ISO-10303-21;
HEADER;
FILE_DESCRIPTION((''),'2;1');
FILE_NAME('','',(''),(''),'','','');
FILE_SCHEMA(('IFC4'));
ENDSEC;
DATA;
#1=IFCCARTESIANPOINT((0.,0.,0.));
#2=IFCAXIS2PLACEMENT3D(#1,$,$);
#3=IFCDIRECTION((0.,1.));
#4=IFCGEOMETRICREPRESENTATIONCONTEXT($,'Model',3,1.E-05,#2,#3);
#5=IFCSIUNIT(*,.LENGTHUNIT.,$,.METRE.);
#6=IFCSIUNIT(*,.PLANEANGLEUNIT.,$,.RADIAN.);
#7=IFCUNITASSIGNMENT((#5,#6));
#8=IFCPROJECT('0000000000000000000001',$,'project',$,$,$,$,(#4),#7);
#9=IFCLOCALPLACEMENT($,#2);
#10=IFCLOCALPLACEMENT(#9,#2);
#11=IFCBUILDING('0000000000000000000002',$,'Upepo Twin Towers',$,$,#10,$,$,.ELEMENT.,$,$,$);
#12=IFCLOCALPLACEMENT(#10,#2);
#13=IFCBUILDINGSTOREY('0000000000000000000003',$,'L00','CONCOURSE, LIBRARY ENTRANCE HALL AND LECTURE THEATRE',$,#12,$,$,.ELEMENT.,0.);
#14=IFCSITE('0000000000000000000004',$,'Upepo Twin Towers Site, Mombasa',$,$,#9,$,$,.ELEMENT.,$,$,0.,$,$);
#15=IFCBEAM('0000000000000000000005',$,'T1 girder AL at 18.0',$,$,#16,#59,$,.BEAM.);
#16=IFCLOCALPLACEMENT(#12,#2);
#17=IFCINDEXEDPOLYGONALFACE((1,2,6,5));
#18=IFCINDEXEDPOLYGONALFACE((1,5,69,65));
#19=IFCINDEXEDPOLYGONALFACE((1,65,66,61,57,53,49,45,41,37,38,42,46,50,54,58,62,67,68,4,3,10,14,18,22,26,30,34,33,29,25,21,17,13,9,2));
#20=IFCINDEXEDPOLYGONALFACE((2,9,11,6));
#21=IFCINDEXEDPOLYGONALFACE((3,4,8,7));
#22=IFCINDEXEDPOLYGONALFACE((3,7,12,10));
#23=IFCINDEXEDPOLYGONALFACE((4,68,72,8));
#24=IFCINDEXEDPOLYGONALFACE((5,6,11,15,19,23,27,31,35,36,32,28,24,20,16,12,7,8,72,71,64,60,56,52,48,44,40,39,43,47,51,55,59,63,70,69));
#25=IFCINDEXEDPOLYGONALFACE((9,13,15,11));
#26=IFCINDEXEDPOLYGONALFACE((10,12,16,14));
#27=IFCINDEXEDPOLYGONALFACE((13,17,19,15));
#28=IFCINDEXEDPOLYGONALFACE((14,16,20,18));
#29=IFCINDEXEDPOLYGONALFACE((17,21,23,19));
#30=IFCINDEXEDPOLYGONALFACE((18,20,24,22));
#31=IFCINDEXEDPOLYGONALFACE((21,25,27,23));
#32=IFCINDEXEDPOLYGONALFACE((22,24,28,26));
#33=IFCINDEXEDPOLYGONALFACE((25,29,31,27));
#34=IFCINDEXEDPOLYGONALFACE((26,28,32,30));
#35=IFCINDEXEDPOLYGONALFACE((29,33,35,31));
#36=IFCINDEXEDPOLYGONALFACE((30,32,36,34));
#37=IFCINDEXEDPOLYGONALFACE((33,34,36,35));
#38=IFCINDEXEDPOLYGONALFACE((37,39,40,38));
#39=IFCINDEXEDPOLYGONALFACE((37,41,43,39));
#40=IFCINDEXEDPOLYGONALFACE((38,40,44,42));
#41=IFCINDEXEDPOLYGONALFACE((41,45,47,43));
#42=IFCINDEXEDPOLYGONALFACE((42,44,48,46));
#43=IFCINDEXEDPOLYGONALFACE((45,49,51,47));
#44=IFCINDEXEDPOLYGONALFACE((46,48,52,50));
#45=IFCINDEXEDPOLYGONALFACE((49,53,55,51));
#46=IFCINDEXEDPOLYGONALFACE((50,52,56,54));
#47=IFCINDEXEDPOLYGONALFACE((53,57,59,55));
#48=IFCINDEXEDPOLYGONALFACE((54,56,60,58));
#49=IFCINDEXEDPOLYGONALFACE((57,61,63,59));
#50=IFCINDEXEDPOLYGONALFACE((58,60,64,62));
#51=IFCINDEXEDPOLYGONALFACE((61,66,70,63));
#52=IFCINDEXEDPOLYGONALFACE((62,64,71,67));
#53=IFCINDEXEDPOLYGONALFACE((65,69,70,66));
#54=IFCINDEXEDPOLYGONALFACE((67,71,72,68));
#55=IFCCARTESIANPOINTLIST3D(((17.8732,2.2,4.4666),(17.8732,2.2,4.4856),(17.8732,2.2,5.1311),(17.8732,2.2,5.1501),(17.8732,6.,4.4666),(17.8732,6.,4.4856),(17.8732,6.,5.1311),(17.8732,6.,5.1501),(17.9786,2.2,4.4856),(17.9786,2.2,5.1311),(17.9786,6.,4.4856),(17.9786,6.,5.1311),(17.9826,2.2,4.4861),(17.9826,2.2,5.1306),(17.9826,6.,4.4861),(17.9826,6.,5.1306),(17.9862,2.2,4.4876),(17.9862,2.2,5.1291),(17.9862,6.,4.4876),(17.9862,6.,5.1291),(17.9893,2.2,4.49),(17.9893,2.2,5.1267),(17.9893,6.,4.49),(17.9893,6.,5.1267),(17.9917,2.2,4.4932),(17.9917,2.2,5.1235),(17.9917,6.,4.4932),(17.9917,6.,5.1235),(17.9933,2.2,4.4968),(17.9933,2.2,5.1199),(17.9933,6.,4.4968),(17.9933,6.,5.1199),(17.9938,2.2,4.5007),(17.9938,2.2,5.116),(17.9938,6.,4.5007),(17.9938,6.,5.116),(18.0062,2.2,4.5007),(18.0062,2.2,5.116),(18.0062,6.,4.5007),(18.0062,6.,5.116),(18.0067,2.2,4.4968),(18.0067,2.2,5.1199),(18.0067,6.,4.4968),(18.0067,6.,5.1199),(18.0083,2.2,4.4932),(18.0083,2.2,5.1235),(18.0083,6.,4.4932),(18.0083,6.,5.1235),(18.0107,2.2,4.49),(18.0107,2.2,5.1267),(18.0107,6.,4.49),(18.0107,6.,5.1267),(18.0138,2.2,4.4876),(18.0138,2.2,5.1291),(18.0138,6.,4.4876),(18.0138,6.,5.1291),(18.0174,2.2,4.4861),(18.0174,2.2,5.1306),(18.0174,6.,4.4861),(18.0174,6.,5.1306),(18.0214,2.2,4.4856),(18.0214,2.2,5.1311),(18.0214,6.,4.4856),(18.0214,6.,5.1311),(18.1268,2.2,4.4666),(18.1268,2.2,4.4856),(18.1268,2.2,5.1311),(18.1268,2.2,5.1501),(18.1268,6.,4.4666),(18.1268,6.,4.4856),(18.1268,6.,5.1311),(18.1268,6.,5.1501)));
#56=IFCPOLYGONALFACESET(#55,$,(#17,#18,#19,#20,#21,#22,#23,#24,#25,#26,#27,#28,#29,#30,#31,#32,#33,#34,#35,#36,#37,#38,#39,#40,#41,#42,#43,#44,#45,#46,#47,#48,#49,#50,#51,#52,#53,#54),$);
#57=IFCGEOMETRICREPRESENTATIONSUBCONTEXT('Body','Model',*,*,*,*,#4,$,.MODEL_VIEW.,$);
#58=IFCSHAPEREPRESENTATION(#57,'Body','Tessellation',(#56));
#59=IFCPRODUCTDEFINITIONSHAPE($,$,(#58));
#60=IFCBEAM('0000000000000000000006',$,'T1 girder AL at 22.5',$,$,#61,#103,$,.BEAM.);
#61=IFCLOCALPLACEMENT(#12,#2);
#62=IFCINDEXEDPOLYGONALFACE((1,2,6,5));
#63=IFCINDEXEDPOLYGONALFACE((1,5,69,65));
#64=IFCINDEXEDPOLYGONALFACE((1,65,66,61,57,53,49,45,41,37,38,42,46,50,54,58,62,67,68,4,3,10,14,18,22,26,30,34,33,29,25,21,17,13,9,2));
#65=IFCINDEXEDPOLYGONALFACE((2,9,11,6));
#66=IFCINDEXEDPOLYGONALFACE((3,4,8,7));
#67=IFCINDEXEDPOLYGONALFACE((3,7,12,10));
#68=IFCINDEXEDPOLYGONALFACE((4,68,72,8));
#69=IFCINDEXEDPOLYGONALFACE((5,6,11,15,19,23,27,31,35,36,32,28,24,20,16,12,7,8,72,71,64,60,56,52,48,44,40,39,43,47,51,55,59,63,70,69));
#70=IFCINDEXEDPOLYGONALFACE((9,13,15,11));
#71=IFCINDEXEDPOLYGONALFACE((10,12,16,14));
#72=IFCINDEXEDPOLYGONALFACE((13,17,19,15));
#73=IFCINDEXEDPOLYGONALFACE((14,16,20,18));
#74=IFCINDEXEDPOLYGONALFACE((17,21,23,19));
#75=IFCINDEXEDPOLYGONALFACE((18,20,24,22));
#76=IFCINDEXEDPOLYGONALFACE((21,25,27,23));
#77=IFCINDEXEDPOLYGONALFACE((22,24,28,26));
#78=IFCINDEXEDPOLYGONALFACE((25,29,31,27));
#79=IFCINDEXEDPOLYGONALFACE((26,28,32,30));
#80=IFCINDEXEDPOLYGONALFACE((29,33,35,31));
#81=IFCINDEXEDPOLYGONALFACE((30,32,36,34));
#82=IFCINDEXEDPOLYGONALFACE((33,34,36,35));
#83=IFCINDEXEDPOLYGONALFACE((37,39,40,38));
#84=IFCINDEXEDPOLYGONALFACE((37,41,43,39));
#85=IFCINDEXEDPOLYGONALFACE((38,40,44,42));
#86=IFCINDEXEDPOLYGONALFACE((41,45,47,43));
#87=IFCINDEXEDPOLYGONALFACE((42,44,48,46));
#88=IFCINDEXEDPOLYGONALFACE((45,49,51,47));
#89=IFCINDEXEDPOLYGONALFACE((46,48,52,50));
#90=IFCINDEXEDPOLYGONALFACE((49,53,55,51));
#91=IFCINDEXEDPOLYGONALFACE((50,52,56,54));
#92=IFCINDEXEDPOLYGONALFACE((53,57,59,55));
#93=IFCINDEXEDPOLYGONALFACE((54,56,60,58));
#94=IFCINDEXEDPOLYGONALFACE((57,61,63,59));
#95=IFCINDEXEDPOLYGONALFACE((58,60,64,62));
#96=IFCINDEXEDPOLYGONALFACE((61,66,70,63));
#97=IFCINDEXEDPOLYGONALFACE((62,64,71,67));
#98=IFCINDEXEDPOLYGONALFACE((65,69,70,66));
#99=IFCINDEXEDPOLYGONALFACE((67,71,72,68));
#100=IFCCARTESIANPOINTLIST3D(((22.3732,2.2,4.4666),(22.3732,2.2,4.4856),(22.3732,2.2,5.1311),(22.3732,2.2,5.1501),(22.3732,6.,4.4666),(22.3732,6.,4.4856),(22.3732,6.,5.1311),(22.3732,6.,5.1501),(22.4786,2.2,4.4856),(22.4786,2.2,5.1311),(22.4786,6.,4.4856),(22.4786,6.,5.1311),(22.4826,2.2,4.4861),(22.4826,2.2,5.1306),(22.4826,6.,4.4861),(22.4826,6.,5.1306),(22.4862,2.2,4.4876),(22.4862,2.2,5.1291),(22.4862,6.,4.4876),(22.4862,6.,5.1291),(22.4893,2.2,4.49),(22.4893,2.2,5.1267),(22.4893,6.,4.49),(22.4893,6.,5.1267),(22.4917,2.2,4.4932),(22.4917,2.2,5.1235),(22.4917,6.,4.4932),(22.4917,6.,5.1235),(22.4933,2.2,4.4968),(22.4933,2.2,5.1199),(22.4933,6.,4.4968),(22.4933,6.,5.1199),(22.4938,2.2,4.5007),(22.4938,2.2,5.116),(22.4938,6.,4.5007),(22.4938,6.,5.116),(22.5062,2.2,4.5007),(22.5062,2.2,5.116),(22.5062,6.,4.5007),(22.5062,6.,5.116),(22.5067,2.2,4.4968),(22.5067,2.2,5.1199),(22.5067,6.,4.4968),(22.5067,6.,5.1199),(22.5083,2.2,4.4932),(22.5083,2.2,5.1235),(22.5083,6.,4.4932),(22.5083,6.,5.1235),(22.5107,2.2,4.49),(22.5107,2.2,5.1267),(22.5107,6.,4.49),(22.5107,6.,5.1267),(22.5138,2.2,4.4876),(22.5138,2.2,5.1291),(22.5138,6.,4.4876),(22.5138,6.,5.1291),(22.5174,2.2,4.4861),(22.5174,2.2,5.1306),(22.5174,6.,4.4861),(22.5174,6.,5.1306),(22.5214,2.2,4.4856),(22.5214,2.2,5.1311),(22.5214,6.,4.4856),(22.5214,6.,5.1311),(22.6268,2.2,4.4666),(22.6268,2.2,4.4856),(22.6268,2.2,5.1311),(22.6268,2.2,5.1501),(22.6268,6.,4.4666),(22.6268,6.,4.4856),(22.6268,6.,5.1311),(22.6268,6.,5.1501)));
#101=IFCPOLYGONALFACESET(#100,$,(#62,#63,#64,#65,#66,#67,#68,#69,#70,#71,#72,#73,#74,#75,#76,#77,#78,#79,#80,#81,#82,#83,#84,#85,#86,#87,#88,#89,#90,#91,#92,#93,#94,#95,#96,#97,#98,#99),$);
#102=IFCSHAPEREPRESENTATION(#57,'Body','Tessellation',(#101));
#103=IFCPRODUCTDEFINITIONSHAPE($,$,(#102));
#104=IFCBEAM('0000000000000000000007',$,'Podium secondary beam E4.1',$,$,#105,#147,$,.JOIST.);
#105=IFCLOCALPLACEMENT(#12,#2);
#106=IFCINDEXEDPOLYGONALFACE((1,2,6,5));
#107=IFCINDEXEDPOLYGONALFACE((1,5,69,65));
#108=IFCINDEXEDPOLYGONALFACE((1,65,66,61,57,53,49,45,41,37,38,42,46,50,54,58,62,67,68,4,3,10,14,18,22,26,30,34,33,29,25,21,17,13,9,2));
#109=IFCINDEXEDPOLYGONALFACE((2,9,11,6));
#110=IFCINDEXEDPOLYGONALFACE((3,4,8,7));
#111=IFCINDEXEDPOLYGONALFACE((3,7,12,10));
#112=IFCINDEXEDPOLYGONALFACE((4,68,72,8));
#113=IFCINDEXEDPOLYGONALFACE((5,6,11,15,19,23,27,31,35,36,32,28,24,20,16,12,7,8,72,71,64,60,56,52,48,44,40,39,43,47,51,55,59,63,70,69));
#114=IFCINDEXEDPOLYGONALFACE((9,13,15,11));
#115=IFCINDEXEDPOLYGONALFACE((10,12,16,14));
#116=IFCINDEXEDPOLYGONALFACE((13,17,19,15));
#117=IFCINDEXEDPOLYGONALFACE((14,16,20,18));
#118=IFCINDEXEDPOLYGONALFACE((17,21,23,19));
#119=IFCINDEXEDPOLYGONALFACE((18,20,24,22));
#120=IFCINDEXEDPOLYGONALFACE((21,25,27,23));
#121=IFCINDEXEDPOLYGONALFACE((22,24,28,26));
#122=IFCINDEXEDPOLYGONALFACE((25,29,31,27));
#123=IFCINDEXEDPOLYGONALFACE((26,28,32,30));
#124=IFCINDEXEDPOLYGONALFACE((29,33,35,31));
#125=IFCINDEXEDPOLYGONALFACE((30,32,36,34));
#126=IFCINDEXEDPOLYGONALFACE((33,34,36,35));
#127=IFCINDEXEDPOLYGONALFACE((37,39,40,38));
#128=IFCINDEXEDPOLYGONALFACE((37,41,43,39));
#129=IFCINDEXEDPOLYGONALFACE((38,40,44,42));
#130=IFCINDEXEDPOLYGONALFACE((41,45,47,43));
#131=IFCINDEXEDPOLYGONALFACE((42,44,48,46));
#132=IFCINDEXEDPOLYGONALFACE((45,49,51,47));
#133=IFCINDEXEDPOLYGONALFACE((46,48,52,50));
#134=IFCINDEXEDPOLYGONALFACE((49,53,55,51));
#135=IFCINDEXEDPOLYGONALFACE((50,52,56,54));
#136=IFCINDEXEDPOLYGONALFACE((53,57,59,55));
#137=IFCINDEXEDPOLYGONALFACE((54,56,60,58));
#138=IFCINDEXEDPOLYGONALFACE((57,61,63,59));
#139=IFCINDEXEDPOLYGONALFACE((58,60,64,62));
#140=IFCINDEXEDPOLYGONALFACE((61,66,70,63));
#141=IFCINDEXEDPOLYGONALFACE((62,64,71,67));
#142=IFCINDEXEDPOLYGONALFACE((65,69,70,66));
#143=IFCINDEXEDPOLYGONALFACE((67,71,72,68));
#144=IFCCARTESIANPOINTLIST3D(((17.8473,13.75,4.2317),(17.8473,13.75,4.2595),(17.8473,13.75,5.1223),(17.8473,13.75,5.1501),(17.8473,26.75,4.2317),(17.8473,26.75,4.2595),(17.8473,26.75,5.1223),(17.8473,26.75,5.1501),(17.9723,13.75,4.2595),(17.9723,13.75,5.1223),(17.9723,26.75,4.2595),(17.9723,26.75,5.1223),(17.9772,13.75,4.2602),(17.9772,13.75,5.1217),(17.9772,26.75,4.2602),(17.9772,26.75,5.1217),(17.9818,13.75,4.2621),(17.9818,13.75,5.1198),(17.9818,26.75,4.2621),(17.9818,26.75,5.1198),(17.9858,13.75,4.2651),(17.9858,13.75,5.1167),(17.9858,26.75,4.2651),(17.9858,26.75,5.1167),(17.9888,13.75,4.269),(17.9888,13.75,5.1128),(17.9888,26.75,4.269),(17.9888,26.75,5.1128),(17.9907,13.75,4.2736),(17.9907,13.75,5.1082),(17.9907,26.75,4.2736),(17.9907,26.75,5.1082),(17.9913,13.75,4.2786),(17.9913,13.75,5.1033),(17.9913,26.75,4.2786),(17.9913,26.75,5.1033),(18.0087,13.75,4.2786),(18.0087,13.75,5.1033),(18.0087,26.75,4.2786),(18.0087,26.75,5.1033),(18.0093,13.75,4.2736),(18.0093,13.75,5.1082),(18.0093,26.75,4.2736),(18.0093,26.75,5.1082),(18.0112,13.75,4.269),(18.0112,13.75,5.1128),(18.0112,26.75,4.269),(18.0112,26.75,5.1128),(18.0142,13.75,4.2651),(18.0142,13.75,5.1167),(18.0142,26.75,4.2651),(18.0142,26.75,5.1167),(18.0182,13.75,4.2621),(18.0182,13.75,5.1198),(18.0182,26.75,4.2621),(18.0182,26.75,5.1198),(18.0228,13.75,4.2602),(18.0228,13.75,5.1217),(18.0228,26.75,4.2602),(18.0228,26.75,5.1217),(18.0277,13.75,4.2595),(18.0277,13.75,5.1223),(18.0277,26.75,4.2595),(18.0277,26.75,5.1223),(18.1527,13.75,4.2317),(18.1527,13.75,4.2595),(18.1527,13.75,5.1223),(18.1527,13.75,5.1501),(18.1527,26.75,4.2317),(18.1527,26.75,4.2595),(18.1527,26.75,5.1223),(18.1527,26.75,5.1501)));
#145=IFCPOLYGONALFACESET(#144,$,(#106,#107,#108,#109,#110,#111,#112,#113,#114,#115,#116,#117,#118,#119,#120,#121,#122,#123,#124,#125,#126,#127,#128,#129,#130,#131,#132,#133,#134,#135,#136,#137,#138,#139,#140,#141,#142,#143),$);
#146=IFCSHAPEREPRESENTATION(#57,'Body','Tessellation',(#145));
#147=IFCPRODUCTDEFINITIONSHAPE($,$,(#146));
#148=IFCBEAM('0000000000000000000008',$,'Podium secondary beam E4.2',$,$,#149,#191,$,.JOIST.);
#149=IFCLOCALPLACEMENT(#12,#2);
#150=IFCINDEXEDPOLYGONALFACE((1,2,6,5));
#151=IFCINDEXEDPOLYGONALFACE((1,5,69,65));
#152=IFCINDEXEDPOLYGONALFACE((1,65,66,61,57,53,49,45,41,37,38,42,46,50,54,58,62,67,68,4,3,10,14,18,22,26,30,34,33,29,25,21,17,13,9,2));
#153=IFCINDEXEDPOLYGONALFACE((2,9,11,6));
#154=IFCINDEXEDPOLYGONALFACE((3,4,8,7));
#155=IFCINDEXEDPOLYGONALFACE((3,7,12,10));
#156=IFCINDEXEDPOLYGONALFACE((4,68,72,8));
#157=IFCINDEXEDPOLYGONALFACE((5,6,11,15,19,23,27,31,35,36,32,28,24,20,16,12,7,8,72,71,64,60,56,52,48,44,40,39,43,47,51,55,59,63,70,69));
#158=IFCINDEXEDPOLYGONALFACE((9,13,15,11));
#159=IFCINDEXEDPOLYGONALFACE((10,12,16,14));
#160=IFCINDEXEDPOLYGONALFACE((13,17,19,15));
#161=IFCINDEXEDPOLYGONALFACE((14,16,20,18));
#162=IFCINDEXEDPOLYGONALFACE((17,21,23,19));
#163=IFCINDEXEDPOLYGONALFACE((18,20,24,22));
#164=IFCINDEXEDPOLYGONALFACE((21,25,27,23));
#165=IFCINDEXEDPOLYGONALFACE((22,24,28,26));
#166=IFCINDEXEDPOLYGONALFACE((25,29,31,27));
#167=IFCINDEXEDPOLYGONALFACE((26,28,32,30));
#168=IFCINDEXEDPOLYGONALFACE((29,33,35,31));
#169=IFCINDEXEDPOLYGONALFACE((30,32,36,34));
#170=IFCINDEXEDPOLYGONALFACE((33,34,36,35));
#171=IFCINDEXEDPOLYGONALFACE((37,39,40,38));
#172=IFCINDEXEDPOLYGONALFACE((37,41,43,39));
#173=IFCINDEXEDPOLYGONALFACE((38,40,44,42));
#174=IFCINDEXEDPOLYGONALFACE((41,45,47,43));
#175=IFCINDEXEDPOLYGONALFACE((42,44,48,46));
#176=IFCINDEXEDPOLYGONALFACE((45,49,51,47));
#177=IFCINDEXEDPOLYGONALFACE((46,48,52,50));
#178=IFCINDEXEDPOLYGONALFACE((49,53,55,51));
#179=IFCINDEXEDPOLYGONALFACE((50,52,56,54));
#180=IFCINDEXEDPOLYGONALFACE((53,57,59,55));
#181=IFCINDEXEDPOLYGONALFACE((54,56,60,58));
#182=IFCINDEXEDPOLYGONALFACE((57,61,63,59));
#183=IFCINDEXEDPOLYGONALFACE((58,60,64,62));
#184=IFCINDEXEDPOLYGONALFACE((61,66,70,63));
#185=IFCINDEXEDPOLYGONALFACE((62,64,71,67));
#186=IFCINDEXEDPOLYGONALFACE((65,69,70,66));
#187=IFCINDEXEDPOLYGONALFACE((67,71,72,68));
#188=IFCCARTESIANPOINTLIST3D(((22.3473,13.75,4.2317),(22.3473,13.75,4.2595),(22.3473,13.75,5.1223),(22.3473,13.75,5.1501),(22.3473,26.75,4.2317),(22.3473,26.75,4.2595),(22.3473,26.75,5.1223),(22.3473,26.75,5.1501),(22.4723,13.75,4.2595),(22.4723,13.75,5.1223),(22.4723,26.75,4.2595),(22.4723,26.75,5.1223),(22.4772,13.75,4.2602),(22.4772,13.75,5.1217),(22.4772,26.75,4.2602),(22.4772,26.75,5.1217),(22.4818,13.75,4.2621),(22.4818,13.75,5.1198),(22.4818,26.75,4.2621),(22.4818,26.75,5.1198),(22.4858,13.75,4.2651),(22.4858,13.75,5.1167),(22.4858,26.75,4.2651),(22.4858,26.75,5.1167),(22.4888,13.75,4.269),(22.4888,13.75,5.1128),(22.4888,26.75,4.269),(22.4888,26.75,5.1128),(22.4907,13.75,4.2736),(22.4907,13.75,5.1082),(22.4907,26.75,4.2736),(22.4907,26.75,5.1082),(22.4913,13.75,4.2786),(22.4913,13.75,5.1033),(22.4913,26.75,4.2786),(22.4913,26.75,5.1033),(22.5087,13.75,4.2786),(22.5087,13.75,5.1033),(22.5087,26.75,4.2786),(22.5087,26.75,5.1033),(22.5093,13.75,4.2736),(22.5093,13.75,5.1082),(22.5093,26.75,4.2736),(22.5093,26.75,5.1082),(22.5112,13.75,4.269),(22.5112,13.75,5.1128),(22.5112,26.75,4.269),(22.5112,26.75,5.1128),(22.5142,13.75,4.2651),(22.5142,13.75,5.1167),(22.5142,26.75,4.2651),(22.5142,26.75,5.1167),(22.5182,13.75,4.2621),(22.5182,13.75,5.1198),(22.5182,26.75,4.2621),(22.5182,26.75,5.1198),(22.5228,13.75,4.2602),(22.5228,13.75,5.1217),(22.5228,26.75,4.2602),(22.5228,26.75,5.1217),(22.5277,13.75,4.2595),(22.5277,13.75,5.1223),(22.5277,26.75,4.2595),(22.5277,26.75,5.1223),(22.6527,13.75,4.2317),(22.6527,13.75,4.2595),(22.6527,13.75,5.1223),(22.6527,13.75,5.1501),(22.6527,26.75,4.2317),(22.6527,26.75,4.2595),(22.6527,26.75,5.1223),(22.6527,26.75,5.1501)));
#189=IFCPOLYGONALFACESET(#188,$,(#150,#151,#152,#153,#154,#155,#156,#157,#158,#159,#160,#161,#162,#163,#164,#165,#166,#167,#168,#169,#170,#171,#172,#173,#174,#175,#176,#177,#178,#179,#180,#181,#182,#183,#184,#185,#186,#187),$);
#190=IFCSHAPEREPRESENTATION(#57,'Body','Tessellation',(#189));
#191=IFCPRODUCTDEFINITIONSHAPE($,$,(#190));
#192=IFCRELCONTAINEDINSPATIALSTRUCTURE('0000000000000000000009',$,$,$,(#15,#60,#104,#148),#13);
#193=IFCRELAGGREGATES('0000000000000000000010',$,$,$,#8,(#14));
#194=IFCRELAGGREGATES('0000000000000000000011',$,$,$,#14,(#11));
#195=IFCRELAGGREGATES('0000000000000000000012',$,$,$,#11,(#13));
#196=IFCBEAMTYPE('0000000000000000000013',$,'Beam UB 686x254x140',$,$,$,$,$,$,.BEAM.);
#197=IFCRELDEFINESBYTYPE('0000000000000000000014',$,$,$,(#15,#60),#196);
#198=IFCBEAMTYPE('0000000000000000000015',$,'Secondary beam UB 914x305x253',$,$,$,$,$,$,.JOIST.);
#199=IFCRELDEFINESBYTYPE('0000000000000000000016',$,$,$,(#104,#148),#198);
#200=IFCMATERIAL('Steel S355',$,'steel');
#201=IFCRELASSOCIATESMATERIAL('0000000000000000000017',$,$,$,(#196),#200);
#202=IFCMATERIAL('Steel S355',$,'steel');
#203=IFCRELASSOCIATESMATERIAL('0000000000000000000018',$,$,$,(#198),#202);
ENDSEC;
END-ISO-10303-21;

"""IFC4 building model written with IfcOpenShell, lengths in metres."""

from ifc_helpers import new_model, si_unit, direction, frame, origin, origin_2d, place, context, subcontext, project, spatial, i_section, extrude, material, material_profile, profile_set, type_object, element, save


model = new_model("IFC4")

# Units and contexts
model_context = context("Model", 3, precision=1e-05, world=origin(), true_north=direction((0.0, 1.0)))
body_context = subcontext(model_context, "Body", "Model", "MODEL_VIEW")
ifc_project = project(units=[si_unit("LENGTHUNIT", "METRE"), si_unit("PLANEANGLEUNIT", "RADIAN")], contexts=[model_context])

# Site, building, storey
site_placement = place(None, origin())
site = spatial("IfcSite", under=ifc_project, at=site_placement, Name="Upepo Twin Towers Site, Mombasa", CompositionType="ELEMENT", RefElevation=0.0)
building_placement = place(site_placement, origin())
building = spatial("IfcBuilding", under=site, at=building_placement, Name="Upepo Twin Towers", CompositionType="ELEMENT")
storey_placement = place(building_placement, origin())
storey = spatial("IfcBuildingStorey", under=building, at=storey_placement, Name="L00", Description="CONCOURSE, LIBRARY ENTRANCE HALL AND LECTURE THEATRE", CompositionType="ELEMENT", Elevation=0.0)

# Beams
ifc_material_1 = material(Name="Steel S355", Category="steel")
ifc_material_profile_1 = material_profile(ifc_material_1, i_section(OverallWidth=0.2537, OverallDepth=0.6836, WebThickness=0.0125, FlangeThickness=0.019, FilletRadius=0.0151, at=origin_2d()), Name="UB 686x254x140")
ifc_profile_set_1 = profile_set([ifc_material_profile_1], Name="Steel S355")
beam_type_1 = type_object("IfcBeamType", Name="Beam UB 686x254x140", PredefinedType="BEAM", material=ifc_profile_set_1)
for number, where, z_axis, x_axis, name in (
    (1, (18.0, 6.0, 4.8083), (0.0, -1.0, 0.0), (1.0, 0.0, 0.0), "T1 girder AL at 18.0"),
    (2, (22.5, 6.0, 4.8083), (0.0, -1.0, 0.0), (1.0, 0.0, 0.0), "T1 girder AL at 22.5"),
):
    element("IfcBeam", number, at=place(storey_placement, frame(where, z_axis=z_axis, x_axis=x_axis)), inside=storey, type_object=beam_type_1, Name=name, PredefinedType="BEAM", context=body_context, shape_type="SweptSolid", body=[
        extrude(i_section(OverallWidth=0.2537, OverallDepth=0.6836, WebThickness=0.0125, FlangeThickness=0.019, FilletRadius=0.0151, at=origin_2d()), origin(), (0.0, 0.0, 1.0), 3.8),
    ])
ifc_material_2 = material(Name="Steel S355", Category="steel")
ifc_material_profile_2 = material_profile(ifc_material_2, i_section(OverallWidth=0.3054, OverallDepth=0.9185, WebThickness=0.0173, FlangeThickness=0.0278, FilletRadius=0.019, at=origin_2d()), Name="UB 914x305x253")
ifc_profile_set_2 = profile_set([ifc_material_profile_2], Name="Steel S355")
beam_type_2 = type_object("IfcBeamType", Name="Secondary beam UB 914x305x253", PredefinedType="JOIST", material=ifc_profile_set_2)
for number, where, z_axis, x_axis, name in (
    (3, (18.0, 13.75, 4.6909), (0.0, 1.0, 0.0), (-1.0, 0.0, 0.0), "Podium secondary beam E4.1"),
    (4, (22.5, 13.75, 4.6909), (0.0, 1.0, 0.0), (-1.0, 0.0, 0.0), "Podium secondary beam E4.2"),
):
    element("IfcBeam", number, at=place(storey_placement, frame(where, z_axis=z_axis, x_axis=x_axis)), inside=storey, type_object=beam_type_2, Name=name, PredefinedType="JOIST", context=body_context, shape_type="SweptSolid", body=[
        extrude(i_section(OverallWidth=0.3054, OverallDepth=0.9185, WebThickness=0.0173, FlangeThickness=0.0278, FilletRadius=0.019, at=origin_2d()), origin(), (0.0, 0.0, 1.0), 13.0),
    ])

save(model, "model.ifc")
